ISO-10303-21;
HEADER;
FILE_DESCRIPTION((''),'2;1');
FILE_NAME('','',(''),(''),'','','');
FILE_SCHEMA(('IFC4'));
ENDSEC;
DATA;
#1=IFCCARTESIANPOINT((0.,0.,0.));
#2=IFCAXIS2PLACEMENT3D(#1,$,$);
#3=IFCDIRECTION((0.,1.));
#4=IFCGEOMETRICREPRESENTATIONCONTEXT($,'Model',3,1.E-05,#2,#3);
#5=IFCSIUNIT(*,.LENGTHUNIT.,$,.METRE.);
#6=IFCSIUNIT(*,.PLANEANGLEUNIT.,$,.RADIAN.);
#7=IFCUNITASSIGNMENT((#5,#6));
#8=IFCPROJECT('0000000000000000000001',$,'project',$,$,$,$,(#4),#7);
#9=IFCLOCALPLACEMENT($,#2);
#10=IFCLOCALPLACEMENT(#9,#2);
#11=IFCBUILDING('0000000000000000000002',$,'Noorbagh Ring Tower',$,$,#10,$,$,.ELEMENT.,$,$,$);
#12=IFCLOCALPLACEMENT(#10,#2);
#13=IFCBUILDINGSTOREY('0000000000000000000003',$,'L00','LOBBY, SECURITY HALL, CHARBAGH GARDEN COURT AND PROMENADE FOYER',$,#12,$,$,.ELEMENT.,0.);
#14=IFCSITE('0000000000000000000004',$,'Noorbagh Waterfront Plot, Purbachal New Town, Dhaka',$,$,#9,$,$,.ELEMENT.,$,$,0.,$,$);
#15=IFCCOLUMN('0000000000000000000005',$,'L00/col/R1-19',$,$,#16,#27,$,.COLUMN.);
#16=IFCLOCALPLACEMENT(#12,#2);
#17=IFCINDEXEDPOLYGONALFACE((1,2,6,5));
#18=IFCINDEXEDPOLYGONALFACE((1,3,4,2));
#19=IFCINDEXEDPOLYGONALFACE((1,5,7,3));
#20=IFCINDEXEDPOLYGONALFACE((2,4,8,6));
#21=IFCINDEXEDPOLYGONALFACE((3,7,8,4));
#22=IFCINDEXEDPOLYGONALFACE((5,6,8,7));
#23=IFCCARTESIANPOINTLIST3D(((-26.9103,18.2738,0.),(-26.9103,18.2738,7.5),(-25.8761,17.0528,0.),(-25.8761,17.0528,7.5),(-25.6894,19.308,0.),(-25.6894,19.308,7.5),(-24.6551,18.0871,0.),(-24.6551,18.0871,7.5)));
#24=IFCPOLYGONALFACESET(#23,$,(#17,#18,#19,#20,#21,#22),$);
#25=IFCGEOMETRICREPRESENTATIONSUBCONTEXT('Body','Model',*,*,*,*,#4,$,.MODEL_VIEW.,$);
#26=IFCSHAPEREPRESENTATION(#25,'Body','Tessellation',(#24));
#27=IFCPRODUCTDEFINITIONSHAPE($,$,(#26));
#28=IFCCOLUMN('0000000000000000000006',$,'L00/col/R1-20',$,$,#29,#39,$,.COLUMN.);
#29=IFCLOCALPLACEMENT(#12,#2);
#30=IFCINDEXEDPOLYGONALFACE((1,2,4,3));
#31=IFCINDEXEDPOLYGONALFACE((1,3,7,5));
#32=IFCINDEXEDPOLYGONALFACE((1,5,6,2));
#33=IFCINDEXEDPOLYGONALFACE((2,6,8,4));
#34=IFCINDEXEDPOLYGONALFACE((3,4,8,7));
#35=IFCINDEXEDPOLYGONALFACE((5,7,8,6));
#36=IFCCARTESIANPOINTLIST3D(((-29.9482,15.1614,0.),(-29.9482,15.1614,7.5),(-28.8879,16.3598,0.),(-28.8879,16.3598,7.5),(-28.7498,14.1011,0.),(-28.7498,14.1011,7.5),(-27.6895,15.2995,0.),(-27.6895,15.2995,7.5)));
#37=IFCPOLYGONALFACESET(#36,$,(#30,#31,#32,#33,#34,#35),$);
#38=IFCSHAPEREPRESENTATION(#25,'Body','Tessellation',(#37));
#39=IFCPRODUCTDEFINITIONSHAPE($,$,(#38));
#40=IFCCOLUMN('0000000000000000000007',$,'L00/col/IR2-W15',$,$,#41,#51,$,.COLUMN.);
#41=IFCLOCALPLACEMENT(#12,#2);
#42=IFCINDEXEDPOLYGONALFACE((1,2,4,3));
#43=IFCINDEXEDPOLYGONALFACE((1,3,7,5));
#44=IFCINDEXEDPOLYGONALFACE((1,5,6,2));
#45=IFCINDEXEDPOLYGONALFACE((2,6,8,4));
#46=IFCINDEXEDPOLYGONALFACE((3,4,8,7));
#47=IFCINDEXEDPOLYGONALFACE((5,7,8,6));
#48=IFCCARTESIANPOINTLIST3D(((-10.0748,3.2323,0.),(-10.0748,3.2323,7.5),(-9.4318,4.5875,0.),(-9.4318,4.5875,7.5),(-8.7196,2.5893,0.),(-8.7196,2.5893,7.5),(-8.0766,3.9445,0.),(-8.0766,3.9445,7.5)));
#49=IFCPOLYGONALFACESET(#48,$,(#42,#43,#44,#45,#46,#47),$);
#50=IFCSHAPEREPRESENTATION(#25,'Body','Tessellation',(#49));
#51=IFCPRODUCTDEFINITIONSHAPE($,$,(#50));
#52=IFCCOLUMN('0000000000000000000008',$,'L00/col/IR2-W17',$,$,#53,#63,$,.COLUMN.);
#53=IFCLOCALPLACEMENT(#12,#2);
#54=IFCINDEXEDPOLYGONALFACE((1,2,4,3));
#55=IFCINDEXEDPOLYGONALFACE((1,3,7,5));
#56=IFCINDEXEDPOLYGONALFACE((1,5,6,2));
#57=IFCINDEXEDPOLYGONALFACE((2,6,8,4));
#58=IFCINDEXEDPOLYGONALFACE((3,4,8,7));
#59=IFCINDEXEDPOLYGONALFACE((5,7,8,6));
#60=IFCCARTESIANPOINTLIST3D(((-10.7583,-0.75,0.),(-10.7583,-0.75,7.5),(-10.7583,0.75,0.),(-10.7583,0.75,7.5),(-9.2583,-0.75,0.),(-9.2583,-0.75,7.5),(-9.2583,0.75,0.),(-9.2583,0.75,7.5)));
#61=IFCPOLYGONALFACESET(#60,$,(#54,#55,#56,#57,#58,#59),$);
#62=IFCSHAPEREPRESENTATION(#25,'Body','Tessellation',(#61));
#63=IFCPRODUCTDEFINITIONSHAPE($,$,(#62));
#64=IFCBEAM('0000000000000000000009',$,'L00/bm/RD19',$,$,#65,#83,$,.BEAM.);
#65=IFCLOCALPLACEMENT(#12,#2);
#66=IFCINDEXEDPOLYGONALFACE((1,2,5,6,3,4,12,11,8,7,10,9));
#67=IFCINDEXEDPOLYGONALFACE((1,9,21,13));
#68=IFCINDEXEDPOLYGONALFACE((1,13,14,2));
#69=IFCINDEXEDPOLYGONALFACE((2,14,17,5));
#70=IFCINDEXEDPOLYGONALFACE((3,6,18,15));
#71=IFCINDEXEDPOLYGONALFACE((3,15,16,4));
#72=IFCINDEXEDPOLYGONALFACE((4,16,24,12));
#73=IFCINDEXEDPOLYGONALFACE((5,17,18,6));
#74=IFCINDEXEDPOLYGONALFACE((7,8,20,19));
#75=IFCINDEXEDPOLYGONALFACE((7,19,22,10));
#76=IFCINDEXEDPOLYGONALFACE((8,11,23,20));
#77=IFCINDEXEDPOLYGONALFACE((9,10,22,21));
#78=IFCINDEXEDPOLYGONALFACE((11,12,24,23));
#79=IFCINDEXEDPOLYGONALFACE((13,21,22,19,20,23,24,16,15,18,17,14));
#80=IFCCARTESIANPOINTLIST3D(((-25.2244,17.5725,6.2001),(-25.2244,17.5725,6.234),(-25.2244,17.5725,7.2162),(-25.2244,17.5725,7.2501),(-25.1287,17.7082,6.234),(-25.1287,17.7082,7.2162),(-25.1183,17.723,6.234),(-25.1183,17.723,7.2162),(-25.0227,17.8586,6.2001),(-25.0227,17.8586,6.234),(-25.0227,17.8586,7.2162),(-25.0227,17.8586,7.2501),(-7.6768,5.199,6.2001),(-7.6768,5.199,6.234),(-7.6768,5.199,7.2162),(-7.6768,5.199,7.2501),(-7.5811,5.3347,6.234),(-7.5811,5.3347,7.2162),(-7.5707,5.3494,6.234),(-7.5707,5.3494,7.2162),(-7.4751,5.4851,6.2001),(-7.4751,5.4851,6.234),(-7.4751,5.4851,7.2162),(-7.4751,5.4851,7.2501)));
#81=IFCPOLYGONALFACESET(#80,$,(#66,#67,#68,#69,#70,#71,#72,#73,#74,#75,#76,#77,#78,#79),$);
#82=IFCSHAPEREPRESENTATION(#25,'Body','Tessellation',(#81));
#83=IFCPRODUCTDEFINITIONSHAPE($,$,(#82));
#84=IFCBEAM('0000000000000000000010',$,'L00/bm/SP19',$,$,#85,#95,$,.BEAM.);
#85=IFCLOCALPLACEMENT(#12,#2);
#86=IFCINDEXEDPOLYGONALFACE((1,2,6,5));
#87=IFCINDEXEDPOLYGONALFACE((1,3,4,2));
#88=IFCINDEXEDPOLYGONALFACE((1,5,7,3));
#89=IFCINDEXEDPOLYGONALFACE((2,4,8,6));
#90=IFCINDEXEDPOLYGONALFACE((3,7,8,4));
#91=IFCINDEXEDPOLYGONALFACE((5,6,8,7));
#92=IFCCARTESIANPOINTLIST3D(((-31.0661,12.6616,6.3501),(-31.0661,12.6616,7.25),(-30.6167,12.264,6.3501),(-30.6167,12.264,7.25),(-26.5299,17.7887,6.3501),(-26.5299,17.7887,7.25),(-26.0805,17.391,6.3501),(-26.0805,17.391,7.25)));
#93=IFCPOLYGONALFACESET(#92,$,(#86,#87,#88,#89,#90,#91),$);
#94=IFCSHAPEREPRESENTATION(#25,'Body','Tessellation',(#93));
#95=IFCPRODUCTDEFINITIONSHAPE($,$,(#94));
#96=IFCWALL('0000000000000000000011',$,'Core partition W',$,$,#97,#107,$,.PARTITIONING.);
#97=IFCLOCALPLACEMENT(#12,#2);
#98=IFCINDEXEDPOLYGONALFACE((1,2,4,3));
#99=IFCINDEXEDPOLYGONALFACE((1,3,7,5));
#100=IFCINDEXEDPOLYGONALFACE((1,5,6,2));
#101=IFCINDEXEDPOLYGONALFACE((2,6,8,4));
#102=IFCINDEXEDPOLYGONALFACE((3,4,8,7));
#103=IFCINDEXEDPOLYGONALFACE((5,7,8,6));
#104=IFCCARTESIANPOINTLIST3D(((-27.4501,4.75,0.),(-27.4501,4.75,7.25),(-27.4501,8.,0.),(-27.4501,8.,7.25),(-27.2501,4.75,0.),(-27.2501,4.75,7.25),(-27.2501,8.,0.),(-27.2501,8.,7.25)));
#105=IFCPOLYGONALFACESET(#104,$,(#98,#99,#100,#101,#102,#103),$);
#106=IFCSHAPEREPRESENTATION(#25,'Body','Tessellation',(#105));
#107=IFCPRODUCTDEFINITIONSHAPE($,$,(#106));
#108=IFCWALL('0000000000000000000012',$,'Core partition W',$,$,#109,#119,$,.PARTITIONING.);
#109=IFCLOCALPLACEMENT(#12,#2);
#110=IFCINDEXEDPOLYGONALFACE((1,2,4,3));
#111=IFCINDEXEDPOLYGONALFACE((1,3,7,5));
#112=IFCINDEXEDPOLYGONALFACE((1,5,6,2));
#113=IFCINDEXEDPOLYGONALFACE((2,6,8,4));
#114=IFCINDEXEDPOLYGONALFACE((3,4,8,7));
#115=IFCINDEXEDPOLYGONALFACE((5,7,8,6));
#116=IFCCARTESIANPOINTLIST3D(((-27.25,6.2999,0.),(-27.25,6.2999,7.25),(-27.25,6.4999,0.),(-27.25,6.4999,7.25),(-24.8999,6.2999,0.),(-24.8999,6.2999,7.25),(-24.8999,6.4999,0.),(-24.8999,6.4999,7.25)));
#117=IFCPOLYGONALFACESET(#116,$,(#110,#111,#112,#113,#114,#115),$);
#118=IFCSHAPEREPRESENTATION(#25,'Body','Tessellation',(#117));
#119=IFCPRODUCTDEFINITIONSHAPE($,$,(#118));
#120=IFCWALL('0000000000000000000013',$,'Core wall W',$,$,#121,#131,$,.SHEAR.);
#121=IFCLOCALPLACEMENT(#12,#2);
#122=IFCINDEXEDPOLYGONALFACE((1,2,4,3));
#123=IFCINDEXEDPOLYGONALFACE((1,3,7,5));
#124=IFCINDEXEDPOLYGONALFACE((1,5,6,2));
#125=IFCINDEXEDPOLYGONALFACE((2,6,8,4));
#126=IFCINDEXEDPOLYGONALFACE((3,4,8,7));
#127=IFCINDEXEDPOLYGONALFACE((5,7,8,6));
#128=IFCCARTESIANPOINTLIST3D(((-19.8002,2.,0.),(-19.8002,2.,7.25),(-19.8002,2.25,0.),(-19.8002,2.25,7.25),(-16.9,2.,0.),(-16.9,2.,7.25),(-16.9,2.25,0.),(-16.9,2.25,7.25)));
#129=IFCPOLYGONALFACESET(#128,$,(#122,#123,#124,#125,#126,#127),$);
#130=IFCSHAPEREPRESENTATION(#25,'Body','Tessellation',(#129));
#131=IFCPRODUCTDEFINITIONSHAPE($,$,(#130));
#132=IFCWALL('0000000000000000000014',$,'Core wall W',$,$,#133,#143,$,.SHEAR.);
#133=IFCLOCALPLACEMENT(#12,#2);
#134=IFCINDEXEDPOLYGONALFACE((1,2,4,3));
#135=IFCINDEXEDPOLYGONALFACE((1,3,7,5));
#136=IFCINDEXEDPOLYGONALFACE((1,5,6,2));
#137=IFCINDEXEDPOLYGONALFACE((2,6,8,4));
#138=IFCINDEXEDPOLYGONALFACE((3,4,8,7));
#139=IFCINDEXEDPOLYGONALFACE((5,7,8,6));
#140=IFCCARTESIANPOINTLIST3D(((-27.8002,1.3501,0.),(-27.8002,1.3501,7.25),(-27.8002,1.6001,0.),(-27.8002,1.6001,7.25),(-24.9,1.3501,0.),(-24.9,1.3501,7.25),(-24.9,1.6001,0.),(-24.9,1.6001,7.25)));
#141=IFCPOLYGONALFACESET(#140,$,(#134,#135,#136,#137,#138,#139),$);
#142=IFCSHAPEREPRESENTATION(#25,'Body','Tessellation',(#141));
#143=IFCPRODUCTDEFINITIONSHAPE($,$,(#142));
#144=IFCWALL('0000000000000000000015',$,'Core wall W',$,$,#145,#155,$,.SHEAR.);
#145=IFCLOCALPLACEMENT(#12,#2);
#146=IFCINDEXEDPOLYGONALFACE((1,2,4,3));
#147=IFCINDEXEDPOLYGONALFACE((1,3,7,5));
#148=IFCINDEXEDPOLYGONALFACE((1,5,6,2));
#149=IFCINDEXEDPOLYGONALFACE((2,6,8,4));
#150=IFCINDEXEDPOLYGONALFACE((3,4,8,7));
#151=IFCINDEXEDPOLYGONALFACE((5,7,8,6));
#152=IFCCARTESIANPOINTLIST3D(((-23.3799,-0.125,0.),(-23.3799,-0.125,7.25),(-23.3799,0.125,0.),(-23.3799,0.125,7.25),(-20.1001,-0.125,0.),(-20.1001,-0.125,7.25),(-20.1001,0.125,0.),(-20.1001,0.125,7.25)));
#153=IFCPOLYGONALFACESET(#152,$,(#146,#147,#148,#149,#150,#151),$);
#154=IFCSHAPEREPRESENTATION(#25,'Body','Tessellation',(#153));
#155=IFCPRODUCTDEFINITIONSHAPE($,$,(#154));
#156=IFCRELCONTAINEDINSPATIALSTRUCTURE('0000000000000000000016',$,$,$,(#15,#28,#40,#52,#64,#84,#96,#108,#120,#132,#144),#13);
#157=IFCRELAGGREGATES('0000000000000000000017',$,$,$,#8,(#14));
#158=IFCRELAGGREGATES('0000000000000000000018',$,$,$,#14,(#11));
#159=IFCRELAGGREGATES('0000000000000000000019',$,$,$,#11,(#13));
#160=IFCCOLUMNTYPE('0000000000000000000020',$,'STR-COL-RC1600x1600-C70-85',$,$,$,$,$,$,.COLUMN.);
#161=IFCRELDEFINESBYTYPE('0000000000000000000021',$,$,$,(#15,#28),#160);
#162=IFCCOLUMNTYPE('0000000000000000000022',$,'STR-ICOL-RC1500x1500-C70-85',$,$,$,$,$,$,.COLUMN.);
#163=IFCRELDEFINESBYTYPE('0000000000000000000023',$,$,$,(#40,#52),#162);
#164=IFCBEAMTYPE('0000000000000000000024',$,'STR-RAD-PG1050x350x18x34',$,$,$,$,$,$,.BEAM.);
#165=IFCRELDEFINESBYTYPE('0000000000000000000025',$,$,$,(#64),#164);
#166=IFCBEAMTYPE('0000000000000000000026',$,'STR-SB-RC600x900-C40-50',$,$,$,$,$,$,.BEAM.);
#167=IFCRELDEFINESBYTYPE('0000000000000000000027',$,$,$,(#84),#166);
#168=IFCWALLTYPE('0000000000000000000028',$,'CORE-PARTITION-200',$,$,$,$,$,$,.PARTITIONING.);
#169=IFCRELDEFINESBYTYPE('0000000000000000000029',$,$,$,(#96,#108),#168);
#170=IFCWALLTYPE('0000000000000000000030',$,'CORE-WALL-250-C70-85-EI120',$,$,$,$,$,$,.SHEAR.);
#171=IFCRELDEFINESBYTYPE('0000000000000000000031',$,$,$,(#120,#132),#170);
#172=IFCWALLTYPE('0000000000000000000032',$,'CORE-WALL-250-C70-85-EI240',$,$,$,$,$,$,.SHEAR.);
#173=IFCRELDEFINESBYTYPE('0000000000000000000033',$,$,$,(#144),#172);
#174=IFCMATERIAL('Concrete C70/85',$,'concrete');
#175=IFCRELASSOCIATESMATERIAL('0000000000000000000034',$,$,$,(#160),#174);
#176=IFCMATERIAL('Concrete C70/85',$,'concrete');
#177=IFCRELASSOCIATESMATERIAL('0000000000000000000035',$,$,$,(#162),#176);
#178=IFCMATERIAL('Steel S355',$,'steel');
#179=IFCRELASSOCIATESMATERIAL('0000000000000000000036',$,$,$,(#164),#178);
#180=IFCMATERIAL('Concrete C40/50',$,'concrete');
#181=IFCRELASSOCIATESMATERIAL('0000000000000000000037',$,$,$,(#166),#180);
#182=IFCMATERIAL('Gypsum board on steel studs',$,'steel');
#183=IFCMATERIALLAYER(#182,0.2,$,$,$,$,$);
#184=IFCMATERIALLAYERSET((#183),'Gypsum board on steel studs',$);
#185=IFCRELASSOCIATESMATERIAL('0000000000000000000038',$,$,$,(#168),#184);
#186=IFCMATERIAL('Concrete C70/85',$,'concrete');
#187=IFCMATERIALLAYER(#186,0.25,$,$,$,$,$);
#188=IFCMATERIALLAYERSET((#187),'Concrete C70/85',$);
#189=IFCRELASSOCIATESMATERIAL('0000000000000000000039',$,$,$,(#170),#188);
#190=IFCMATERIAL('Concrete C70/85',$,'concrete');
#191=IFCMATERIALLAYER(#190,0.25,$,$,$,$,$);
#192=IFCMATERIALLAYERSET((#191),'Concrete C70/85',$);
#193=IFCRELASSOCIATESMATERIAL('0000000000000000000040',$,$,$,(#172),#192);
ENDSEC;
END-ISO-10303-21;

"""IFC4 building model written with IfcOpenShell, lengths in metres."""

from ifc_helpers import new_model, si_unit, direction, frame, frame_2d, origin, origin_2d, place, context, subcontext, project, spatial, rectangle, i_section, extrude, material, layer, layer_set, material_profile, profile_set, type_object, element, save


model = new_model("IFC4")

# Units and contexts
model_context = context("Model", 3, precision=1e-05, world=origin(), true_north=direction((0.0, 1.0)))
body_context = subcontext(model_context, "Body", "Model", "MODEL_VIEW")
ifc_project = project(units=[si_unit("LENGTHUNIT", "METRE"), si_unit("PLANEANGLEUNIT", "RADIAN")], contexts=[model_context])

# Site, building, storey
site_placement = place(None, origin())
site = spatial("IfcSite", under=ifc_project, at=site_placement, Name="Noorbagh Waterfront Plot, Purbachal New Town, Dhaka", CompositionType="ELEMENT", RefElevation=0.0)
building_placement = place(site_placement, origin())
building = spatial("IfcBuilding", under=site, at=building_placement, Name="Noorbagh Ring Tower", CompositionType="ELEMENT")
storey_placement = place(building_placement, origin())
storey = spatial("IfcBuildingStorey", under=building, at=storey_placement, Name="L00", Description="LOBBY, SECURITY HALL, CHARBAGH GARDEN COURT AND PROMENADE FOYER", CompositionType="ELEMENT", Elevation=0.0)

# Columns
ifc_material_1 = material(Name="Concrete C70/85", Category="concrete")
ifc_material_profile_1 = material_profile(ifc_material_1, rectangle(XDim=1.6001, YDim=1.6001, at=origin_2d()), Name="RC1600x1600")
ifc_profile_set_1 = profile_set([ifc_material_profile_1], Name="Concrete C70/85")
column_type_1 = type_object("IfcColumnType", Name="STR-COL-RC1600x1600-C70-85", PredefinedType="COLUMN", material=ifc_profile_set_1)
for number, where, z_axis, x_axis, name in (
    (1, (-25.7827, 18.1804, 0.0), (0.0, 0.0, 1.0), (-0.763035, -0.646357, 0.0), "L00/col/R1-19"),
    (2, (-28.8188, 15.2305, 0.0), (0.0, 0.0, 1.0), (-0.662636, -0.748942, 0.0), "L00/col/R1-20"),
):
    element("IfcColumn", number, at=place(storey_placement, frame(where, z_axis=z_axis, x_axis=x_axis)), inside=storey, type_object=column_type_1, Name=name, PredefinedType="COLUMN", context=body_context, shape_type="SweptSolid", body=[
        extrude(rectangle(XDim=1.6001, YDim=1.6001, at=origin_2d()), origin(), (0.0, 0.0, 1.0), 7.5),
    ])
ifc_material_2 = material(Name="Concrete C70/85", Category="concrete")
ifc_material_profile_2 = material_profile(ifc_material_2, rectangle(XDim=1.5, YDim=1.5, at=origin_2d()), Name="RC1500x1500")
ifc_profile_set_2 = profile_set([ifc_material_profile_2], Name="Concrete C70/85")
column_type_2 = type_object("IfcColumnType", Name="STR-ICOL-RC1500x1500-C70-85", PredefinedType="COLUMN", material=ifc_profile_set_2)
for number, where, z_axis, x_axis, name in (
    (3, (-9.0757, 3.5884, 0.0), (0.0, 0.0, 1.0), (-0.428667, -0.903463, 0.0), "L00/col/IR2-W15"),
    (4, (-10.0083, 0.0, 0.0), (0.0, 0.0, 1.0), (0.0, -1.0, 0.0), "L00/col/IR2-W17"),
):
    element("IfcColumn", number, at=place(storey_placement, frame(where, z_axis=z_axis, x_axis=x_axis)), inside=storey, type_object=column_type_2, Name=name, PredefinedType="COLUMN", context=body_context, shape_type="SweptSolid", body=[
        extrude(rectangle(XDim=1.5, YDim=1.5, at=origin_2d()), origin(), (0.0, 0.0, 1.0), 7.5),
    ])

# Beams
ifc_material_3 = material(Name="Steel S355", Category="steel")
ifc_material_profile_3 = material_profile(ifc_material_3, i_section(OverallWidth=0.3501, OverallDepth=1.05, WebThickness=0.0181, FlangeThickness=0.0339, at=origin_2d()), Name="PG1050x350x18x34")
ifc_profile_set_3 = profile_set([ifc_material_profile_3], Name="Steel S355")
beam_type_1 = type_object("IfcBeamType", Name="STR-RAD-PG1050x350x18x34", PredefinedType="BEAM", material=ifc_profile_set_3)
beam_1_placement = place(storey_placement, frame((-25.1235, 17.7156, 6.7251), z_axis=(0.817253, -0.576279, 0.0), x_axis=(0.576279, 0.817253, 0.0)))
element("IfcBeam", 5, at=beam_1_placement, inside=storey, type_object=beam_type_1, Name="L00/bm/RD19", PredefinedType="BEAM", context=body_context, shape_type="SweptSolid", body=[
    extrude(i_section(OverallWidth=0.3501, OverallDepth=1.05, WebThickness=0.0181, FlangeThickness=0.0339, at=origin_2d()), origin(), (0.0, 0.0, 1.0), 21.4714),
])
ifc_material_4 = material(Name="Concrete C40/50", Category="concrete")
ifc_material_profile_4 = material_profile(ifc_material_4, rectangle(XDim=0.6001, YDim=0.8999, at=origin_2d()), Name="RC600x900")
ifc_profile_set_4 = profile_set([ifc_material_profile_4], Name="Concrete C40/50")
beam_type_2 = type_object("IfcBeamType", Name="STR-SB-RC600x900-C40-50", PredefinedType="BEAM", material=ifc_profile_set_4)
beam_2_placement = place(storey_placement, frame((-26.3052, 17.5898, 6.8), z_axis=(-0.662635, -0.748942, 0.0), x_axis=(0.748942, -0.662635, 0.0)))
element("IfcBeam", 6, at=beam_2_placement, inside=storey, type_object=beam_type_2, Name="L00/bm/SP19", PredefinedType="BEAM", context=body_context, shape_type="SweptSolid", body=[
    extrude(rectangle(XDim=0.6001, YDim=0.8999, at=origin_2d()), origin(), (0.0, 0.0, 1.0), 6.8457),
])

# Walls
ifc_material_5 = material(Name="Gypsum board on steel studs", Category="steel")
ifc_layer_1 = layer(ifc_material_5, 0.2)
ifc_layer_set_1 = layer_set([ifc_layer_1], Name="Gypsum board on steel studs")
wall_type_1 = type_object("IfcWallType", Name="CORE-PARTITION-200", PredefinedType="PARTITIONING", material=ifc_layer_set_1)
wall_1_placement = place(storey_placement, frame((-27.3501, 4.75, 0.0), z_axis=(0.0, 0.0, 1.0), x_axis=(0.0, 1.0, 0.0)))
element("IfcWall", 7, at=wall_1_placement, inside=storey, type_object=wall_type_1, Name="Core partition W", PredefinedType="PARTITIONING", context=body_context, shape_type="SweptSolid", body=[
    extrude(rectangle(XDim=3.25, YDim=0.2, at=frame_2d((1.625, 0.0))), origin(), (0.0, 0.0, 1.0), 7.25),
])
wall_2_placement = place(storey_placement, frame((-24.8999, 6.3999, 0.0), z_axis=(0.0, 0.0, 1.0), x_axis=(-1.0, 0.0, 0.0)))
element("IfcWall", 8, at=wall_2_placement, inside=storey, type_object=wall_type_1, Name="Core partition W", PredefinedType="PARTITIONING", context=body_context, shape_type="SweptSolid", body=[
    extrude(rectangle(XDim=2.3501, YDim=0.2, at=frame_2d((1.175, 0.0))), origin(), (0.0, 0.0, 1.0), 7.25),
])
ifc_material_6 = material(Name="Concrete C70/85", Category="concrete")
ifc_layer_2 = layer(ifc_material_6, 0.25)
ifc_layer_set_2 = layer_set([ifc_layer_2], Name="Concrete C70/85")
wall_type_2 = type_object("IfcWallType", Name="CORE-WALL-250-C70-85-EI120", PredefinedType="SHEAR", material=ifc_layer_set_2)
for number, where, z_axis, x_axis, name in (
    (9, (-16.8999, 2.125, 0.0), (0.0, 0.0, 1.0), (-1.0, 0.0, 0.0), "Core wall W"),
    (10, (-24.8999, 1.4751, 0.0), (0.0, 0.0, 1.0), (-1.0, 0.0, 0.0), "Core wall W"),
):
    element("IfcWall", number, at=place(storey_placement, frame(where, z_axis=z_axis, x_axis=x_axis)), inside=storey, type_object=wall_type_2, Name=name, PredefinedType="SHEAR", context=body_context, shape_type="SweptSolid", body=[
        extrude(rectangle(XDim=2.9001, YDim=0.25, at=frame_2d((1.4502, 0.0))), origin(), (0.0, 0.0, 1.0), 7.25),
    ])
ifc_material_7 = material(Name="Concrete C70/85", Category="concrete")
ifc_layer_3 = layer(ifc_material_7, 0.25)
ifc_layer_set_3 = layer_set([ifc_layer_3], Name="Concrete C70/85")
wall_type_3 = type_object("IfcWallType", Name="CORE-WALL-250-C70-85-EI240", PredefinedType="SHEAR", material=ifc_layer_set_3)
wall_3_placement = place(storey_placement, frame((-20.1001, 0.0, 0.0), z_axis=(0.0, 0.0, 1.0), x_axis=(-1.0, 0.0, 0.0)))
element("IfcWall", 11, at=wall_3_placement, inside=storey, type_object=wall_type_3, Name="Core wall W", PredefinedType="SHEAR", context=body_context, shape_type="SweptSolid", body=[
    extrude(rectangle(XDim=3.2798, YDim=0.25, at=frame_2d((1.6399, 0.0))), origin(), (0.0, 0.0, 1.0), 7.25),
])

save(model, "model.ifc")
